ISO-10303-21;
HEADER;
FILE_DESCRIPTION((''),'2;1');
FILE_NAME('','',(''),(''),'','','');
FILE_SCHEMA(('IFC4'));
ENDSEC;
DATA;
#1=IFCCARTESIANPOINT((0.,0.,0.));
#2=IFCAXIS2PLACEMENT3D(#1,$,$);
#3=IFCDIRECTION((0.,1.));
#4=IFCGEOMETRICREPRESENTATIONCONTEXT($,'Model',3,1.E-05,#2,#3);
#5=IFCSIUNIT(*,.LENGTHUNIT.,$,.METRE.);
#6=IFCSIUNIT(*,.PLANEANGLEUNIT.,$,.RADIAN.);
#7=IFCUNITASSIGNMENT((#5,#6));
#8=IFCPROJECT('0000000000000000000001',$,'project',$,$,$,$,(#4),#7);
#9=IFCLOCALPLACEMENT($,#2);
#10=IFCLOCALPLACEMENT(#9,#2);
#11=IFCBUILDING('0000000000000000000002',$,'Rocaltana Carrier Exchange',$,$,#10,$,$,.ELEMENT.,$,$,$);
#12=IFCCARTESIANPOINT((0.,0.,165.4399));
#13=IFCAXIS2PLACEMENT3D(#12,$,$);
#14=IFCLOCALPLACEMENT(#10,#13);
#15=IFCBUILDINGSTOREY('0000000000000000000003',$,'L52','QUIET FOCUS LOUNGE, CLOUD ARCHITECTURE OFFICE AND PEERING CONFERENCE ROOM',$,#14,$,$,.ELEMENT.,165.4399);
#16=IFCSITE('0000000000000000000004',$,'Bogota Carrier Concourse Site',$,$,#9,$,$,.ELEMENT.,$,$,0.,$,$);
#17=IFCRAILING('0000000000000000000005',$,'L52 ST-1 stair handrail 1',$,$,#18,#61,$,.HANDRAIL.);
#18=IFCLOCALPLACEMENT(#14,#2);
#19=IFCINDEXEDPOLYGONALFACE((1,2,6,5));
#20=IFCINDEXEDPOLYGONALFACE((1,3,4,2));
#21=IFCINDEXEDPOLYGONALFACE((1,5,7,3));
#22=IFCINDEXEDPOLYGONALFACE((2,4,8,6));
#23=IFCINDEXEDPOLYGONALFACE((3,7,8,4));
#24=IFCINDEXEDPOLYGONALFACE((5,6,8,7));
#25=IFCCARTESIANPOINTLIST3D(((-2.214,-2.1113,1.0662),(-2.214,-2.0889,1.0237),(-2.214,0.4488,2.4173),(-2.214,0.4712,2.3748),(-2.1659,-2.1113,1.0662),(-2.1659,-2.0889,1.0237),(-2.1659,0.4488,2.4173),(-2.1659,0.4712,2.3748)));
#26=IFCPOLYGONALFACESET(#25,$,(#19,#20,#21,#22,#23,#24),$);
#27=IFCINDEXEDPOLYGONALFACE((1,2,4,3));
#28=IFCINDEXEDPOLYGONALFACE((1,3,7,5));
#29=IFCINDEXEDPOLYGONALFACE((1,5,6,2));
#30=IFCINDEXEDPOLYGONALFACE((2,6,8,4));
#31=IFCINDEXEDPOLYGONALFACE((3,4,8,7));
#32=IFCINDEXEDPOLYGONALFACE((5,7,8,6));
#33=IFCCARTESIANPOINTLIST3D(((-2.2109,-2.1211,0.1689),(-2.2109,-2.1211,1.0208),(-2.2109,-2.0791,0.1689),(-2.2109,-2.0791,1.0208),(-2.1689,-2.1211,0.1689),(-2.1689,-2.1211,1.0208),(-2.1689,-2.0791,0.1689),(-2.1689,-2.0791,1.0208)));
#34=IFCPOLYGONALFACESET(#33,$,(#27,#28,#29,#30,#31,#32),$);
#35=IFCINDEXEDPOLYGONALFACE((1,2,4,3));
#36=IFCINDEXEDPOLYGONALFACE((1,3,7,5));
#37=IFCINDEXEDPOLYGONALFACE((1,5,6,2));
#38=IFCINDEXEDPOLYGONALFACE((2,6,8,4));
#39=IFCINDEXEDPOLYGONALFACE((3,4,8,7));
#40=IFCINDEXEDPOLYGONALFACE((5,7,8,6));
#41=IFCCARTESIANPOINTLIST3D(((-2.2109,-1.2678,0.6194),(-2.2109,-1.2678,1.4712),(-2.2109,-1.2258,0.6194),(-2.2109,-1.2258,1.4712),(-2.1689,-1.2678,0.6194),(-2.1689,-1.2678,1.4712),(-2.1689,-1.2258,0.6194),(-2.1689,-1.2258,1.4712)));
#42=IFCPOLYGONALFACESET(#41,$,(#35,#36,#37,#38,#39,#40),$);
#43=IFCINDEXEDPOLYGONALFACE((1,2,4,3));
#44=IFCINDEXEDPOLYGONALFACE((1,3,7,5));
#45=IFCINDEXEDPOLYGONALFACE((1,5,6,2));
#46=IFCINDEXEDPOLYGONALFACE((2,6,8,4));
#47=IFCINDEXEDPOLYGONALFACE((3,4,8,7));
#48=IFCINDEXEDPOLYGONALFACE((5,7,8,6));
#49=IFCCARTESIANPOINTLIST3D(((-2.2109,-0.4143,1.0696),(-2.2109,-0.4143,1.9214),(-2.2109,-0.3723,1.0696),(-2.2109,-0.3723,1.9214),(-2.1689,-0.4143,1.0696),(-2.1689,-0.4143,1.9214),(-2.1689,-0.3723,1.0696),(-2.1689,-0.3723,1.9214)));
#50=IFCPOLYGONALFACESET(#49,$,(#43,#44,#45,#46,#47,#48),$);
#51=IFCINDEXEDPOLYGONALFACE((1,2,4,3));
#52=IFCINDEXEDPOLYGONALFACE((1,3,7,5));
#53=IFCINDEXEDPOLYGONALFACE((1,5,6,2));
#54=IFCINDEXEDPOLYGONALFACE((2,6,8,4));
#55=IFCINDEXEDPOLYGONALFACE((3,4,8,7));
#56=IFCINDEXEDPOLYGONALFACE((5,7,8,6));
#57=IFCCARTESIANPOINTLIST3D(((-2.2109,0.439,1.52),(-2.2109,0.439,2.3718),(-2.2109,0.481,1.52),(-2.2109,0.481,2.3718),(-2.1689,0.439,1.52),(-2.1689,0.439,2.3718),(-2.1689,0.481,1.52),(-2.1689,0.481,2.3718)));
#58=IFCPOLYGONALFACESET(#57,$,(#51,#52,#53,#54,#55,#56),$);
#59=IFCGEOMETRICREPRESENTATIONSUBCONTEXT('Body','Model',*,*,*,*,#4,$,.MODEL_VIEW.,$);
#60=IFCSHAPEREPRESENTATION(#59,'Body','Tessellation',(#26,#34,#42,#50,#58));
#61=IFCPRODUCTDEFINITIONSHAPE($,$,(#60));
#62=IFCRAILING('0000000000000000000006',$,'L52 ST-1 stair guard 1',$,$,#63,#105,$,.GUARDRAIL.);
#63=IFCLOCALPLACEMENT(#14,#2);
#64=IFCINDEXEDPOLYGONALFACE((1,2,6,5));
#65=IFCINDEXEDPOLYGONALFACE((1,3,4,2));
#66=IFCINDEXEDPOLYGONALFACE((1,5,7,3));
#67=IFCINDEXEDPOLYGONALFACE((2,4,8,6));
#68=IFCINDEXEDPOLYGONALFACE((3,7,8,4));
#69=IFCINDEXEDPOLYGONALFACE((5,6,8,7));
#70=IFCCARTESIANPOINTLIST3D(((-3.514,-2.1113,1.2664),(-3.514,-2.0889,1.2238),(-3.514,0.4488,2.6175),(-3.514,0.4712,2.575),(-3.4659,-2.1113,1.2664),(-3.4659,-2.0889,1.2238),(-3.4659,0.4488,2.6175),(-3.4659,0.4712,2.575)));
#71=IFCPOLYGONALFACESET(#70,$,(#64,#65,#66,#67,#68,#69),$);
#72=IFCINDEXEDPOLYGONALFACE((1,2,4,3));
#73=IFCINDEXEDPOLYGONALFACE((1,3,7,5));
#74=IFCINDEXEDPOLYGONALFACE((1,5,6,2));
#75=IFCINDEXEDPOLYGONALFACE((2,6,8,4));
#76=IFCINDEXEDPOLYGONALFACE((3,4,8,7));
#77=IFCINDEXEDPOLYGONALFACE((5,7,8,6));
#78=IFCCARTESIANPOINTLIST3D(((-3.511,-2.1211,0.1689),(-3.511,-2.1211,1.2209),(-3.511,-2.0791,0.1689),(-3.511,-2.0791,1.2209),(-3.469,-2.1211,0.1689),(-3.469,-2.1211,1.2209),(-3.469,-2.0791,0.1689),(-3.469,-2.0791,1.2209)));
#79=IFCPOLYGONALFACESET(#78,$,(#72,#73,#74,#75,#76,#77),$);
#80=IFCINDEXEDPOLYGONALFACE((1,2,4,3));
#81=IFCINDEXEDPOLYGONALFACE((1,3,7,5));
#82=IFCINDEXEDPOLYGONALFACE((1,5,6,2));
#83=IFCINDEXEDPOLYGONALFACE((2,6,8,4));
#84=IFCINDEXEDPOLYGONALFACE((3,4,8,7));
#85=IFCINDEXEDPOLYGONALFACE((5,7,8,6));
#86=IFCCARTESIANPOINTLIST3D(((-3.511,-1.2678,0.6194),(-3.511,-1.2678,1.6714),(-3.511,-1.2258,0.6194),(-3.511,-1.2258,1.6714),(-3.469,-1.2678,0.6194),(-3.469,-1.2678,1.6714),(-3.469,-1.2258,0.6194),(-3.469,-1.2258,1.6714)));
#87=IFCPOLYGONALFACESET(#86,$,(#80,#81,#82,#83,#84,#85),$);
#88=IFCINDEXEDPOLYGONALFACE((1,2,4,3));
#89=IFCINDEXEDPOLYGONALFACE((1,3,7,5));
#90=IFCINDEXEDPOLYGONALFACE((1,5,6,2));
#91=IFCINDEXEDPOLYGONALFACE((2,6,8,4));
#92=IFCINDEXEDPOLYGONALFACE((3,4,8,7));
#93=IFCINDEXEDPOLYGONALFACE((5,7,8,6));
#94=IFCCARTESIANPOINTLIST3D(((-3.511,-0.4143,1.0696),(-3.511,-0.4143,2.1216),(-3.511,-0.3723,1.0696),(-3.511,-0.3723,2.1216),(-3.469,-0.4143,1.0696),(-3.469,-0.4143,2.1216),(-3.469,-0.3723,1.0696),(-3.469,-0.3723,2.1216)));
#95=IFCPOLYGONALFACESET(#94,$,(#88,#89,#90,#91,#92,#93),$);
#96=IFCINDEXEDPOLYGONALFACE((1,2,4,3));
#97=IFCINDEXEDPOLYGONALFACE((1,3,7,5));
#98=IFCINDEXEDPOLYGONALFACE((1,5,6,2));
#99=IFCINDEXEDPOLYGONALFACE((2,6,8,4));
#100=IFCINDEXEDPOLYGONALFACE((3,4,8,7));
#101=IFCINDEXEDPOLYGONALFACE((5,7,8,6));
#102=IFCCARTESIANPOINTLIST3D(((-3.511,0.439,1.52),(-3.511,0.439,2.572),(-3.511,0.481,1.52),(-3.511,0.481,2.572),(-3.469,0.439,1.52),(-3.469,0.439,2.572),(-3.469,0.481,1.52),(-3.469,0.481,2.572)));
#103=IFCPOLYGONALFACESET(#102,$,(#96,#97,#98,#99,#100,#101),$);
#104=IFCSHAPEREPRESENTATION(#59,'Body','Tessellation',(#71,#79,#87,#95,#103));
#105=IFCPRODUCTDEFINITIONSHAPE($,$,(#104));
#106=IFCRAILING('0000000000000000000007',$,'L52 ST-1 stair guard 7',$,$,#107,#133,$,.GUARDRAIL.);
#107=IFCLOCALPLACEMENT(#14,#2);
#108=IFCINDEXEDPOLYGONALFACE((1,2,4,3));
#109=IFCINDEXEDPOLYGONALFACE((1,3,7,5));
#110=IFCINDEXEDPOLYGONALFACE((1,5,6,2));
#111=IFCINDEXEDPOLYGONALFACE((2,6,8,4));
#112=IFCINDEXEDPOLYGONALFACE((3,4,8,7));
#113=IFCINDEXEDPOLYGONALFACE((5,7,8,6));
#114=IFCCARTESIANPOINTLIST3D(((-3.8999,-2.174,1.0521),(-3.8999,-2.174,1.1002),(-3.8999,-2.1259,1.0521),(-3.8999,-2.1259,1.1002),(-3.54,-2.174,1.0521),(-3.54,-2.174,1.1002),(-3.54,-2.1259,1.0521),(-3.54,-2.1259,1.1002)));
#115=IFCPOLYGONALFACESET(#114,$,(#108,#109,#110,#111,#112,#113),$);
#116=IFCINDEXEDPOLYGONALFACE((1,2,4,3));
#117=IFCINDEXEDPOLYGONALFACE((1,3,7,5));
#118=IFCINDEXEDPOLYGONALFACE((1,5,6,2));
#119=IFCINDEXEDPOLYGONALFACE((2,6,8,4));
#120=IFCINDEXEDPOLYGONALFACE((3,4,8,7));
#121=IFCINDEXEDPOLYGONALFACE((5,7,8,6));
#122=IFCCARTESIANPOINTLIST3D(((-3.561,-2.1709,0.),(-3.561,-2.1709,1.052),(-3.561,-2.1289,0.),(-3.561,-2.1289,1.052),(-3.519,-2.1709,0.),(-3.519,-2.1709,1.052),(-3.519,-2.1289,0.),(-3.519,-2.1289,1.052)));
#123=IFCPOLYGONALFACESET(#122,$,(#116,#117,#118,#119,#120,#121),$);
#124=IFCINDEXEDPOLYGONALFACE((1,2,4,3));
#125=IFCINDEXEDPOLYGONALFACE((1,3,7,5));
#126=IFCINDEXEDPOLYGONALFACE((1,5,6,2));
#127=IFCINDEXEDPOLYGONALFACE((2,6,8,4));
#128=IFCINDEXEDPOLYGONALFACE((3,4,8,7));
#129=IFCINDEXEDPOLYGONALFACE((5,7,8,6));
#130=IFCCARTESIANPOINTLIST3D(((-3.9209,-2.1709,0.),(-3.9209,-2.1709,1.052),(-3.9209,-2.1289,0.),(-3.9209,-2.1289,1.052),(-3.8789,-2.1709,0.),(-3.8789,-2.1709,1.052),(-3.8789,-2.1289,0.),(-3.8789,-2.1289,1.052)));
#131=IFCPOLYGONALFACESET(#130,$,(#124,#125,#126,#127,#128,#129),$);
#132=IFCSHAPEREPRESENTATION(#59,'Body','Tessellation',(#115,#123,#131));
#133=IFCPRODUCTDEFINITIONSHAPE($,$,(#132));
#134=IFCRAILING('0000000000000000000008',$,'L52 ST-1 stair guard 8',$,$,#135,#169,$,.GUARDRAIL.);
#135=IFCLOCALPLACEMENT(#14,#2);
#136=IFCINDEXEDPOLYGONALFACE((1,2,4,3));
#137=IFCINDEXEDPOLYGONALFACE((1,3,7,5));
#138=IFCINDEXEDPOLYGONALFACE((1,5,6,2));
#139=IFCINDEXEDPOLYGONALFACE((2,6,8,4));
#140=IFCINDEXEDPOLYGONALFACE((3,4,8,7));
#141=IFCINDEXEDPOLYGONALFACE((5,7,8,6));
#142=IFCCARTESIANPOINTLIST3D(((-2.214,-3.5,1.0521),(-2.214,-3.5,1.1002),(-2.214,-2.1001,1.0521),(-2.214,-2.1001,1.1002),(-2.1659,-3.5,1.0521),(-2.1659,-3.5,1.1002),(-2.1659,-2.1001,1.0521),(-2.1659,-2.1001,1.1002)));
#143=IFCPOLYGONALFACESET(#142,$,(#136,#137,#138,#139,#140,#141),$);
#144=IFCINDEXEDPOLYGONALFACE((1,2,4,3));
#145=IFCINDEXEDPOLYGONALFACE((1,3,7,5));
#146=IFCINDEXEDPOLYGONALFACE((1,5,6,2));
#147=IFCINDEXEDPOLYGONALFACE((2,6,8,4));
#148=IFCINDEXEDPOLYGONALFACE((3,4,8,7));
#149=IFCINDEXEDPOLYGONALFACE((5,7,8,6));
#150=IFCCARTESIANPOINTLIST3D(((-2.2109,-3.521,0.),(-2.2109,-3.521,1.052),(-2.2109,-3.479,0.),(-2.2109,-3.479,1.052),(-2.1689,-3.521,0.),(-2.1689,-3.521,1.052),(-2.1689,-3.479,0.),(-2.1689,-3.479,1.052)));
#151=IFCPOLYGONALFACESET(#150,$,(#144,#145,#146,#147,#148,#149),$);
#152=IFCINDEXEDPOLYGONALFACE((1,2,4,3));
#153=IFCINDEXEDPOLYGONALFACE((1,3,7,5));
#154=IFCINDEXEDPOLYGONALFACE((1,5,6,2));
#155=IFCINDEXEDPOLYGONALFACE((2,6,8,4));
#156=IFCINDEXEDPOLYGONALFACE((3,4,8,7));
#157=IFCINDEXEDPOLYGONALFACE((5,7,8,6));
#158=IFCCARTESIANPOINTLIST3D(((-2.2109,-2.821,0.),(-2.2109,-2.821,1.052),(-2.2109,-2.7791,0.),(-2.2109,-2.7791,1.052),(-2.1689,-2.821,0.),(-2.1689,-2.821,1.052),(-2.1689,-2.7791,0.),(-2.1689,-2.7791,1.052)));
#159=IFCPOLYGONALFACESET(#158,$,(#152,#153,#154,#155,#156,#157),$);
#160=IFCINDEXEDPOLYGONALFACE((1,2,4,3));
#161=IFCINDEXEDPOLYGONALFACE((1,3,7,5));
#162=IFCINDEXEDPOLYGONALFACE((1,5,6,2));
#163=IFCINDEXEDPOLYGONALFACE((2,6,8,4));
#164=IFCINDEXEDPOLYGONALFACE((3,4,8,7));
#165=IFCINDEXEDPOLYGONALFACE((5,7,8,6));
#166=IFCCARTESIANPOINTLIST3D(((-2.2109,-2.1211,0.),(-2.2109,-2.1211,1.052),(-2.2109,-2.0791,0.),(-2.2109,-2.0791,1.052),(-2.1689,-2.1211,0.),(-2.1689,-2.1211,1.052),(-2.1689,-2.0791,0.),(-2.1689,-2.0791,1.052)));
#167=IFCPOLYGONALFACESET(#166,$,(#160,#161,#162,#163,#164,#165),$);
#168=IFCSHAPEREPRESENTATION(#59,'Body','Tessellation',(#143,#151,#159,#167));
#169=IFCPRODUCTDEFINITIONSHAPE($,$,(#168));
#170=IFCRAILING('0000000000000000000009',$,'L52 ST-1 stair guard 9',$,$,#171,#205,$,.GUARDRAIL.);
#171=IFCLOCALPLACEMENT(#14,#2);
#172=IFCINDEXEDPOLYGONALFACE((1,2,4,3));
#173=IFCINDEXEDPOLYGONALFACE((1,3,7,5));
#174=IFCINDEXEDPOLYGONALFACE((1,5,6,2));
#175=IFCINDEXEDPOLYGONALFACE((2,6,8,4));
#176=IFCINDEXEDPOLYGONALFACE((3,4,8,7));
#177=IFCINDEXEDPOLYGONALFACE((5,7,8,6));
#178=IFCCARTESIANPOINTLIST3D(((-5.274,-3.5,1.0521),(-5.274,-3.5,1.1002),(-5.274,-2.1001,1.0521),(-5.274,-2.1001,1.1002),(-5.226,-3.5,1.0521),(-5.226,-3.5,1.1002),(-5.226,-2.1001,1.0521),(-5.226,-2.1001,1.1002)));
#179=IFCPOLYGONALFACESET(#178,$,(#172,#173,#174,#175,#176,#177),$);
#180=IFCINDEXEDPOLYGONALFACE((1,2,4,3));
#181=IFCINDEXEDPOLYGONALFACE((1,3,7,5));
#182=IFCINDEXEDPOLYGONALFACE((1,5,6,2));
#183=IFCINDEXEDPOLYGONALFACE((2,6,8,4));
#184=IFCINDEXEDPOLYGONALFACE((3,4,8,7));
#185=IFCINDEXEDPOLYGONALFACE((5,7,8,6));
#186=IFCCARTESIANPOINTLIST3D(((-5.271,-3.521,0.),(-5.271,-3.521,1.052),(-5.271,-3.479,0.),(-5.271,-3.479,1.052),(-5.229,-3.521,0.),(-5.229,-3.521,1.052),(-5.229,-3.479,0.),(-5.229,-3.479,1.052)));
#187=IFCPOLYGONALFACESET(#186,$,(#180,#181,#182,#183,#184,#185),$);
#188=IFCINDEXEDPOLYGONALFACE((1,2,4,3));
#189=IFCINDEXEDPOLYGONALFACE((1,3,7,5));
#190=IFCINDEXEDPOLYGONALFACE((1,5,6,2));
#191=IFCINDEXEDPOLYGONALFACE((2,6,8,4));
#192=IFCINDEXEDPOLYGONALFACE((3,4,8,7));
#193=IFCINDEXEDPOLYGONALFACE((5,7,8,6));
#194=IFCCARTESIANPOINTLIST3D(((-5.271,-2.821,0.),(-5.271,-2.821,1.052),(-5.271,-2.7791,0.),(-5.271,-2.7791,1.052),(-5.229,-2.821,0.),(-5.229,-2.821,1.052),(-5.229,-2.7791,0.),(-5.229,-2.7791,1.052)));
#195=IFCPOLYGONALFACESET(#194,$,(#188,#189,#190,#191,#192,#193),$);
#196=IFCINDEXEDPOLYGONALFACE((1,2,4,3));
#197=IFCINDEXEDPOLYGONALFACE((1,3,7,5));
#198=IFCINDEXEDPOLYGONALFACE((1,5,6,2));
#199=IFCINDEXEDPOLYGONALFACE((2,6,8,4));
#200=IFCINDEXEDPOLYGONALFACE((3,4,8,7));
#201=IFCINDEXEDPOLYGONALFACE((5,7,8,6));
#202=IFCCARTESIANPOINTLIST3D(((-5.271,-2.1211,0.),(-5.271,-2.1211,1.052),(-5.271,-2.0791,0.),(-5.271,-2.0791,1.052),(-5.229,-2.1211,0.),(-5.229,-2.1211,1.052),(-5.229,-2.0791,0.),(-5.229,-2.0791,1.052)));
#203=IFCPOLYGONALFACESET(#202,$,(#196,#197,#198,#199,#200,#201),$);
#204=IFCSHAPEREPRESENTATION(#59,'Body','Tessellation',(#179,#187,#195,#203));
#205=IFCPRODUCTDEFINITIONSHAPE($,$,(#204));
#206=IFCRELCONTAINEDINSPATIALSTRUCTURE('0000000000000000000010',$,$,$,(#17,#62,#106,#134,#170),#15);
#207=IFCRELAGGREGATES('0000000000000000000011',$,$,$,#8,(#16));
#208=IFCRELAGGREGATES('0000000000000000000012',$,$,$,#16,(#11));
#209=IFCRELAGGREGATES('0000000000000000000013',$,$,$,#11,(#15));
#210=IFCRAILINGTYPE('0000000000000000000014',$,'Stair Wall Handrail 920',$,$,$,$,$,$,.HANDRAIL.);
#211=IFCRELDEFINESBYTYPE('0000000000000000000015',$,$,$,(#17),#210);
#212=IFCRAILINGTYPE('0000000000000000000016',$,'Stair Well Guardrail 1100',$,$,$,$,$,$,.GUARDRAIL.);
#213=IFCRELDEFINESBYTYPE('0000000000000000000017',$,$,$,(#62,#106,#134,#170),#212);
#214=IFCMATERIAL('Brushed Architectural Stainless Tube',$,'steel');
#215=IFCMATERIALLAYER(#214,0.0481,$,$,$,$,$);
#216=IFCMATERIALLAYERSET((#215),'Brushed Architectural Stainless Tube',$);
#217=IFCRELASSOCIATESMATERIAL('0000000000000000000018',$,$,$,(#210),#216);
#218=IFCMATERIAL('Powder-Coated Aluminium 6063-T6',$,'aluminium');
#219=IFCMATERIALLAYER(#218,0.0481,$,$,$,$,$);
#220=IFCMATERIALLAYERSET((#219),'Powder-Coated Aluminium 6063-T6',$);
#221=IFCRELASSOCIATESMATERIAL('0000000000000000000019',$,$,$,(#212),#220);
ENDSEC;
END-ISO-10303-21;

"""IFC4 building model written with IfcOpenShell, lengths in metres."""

from ifc_helpers import new_model, si_unit, direction, frame, origin, origin_2d, place, context, subcontext, project, spatial, rectangle, extrude, material, layer, layer_set, type_object, element, save


model = new_model("IFC4")

# Units and contexts
model_context = context("Model", 3, precision=1e-05, world=origin(), true_north=direction((0.0, 1.0)))
body_context = subcontext(model_context, "Body", "Model", "MODEL_VIEW")
ifc_project = project(units=[si_unit("LENGTHUNIT", "METRE"), si_unit("PLANEANGLEUNIT", "RADIAN")], contexts=[model_context])

# Site, building, storey
site_placement = place(None, origin())
site = spatial("IfcSite", under=ifc_project, at=site_placement, Name="Bogota Carrier Concourse Site", CompositionType="ELEMENT", RefElevation=0.0)
building_placement = place(site_placement, origin())
building = spatial("IfcBuilding", under=site, at=building_placement, Name="Rocaltana Carrier Exchange", CompositionType="ELEMENT")
storey_placement = place(building_placement, frame((0.0, 0.0, 165.4399)))
storey = spatial("IfcBuildingStorey", under=building, at=storey_placement, Name="L52", Description="QUIET FOCUS LOUNGE, CLOUD ARCHITECTURE OFFICE AND PEERING CONFERENCE ROOM", CompositionType="ELEMENT", Elevation=165.4399)

# Railings
ifc_material_1 = material(Name="Brushed Architectural Stainless Tube", Category="steel")
ifc_layer_1 = layer(ifc_material_1, 0.0481)
ifc_layer_set_1 = layer_set([ifc_layer_1], Name="Brushed Architectural Stainless Tube")
railing_type_1 = type_object("IfcRailingType", Name="Stair Wall Handrail 920", PredefinedType="HANDRAIL", material=ifc_layer_set_1)
railing_1_placement = place(storey_placement, frame((-2.1899, -2.1001, 0.1689)))
element("IfcRailing", 1, at=railing_1_placement, inside=storey, type_object=railing_type_1, Name="L52 ST-1 stair handrail 1", PredefinedType="HANDRAIL", context=body_context, shape_type="SweptSolid", body=[
    extrude(rectangle(XDim=0.0481, YDim=0.0481, at=origin_2d()), frame((0.0, 0.0, 0.876), z_axis=(0.0, 0.884394, 0.46674), x_axis=(-1.0, 0.0, 0.0)), (0.0, 0.0, 1.0), 2.8948),
    extrude(rectangle(XDim=0.042, YDim=0.042, at=origin_2d()), origin(), (0.0, 0.0, 1.0), 0.8518),
    extrude(rectangle(XDim=0.042, YDim=0.042, at=origin_2d()), frame((0.0, 0.8533, 0.4504)), (0.0, 0.0, 1.0), 0.8518),
    extrude(rectangle(XDim=0.042, YDim=0.042, at=origin_2d()), frame((0.0, 1.7068, 0.9006)), (0.0, 0.0, 1.0), 0.8518),
    extrude(rectangle(XDim=0.042, YDim=0.042, at=origin_2d()), frame((0.0, 2.5601, 1.3511)), (0.0, 0.0, 1.0), 0.8518),
])
ifc_material_2 = material(Name="Powder-Coated Aluminium 6063-T6", Category="aluminium")
ifc_layer_2 = layer(ifc_material_2, 0.0481)
ifc_layer_set_2 = layer_set([ifc_layer_2], Name="Powder-Coated Aluminium 6063-T6")
railing_type_2 = type_object("IfcRailingType", Name="Stair Well Guardrail 1100", PredefinedType="GUARDRAIL", material=ifc_layer_set_2)
railing_2_placement = place(storey_placement, frame((-3.49, -2.1001, 0.1689)))
element("IfcRailing", 2, at=railing_2_placement, inside=storey, type_object=railing_type_2, Name="L52 ST-1 stair guard 1", PredefinedType="GUARDRAIL", context=body_context, shape_type="SweptSolid", body=[
    extrude(rectangle(XDim=0.0481, YDim=0.0481, at=origin_2d()), frame((0.0, 0.0, 1.0762), z_axis=(0.0, 0.884394, 0.46674), x_axis=(-1.0, 0.0, 0.0)), (0.0, 0.0, 1.0), 2.8948),
    extrude(rectangle(XDim=0.042, YDim=0.042, at=origin_2d()), origin(), (0.0, 0.0, 1.0), 1.052),
    extrude(rectangle(XDim=0.042, YDim=0.042, at=origin_2d()), frame((0.0, 0.8533, 0.4504)), (0.0, 0.0, 1.0), 1.052),
    extrude(rectangle(XDim=0.042, YDim=0.042, at=origin_2d()), frame((0.0, 1.7068, 0.9006)), (0.0, 0.0, 1.0), 1.052),
    extrude(rectangle(XDim=0.042, YDim=0.042, at=origin_2d()), frame((0.0, 2.5601, 1.3511)), (0.0, 0.0, 1.0), 1.052),
])
railing_3_placement = place(storey_placement, frame((-3.54, -2.1499, 0.0)))
element("IfcRailing", 3, at=railing_3_placement, inside=storey, type_object=railing_type_2, Name="L52 ST-1 stair guard 7", PredefinedType="GUARDRAIL", context=body_context, shape_type="SweptSolid", body=[
    extrude(rectangle(XDim=0.0481, YDim=0.0481, at=origin_2d()), frame((0.0, 0.0, 1.0762), z_axis=(-1.0, 0.0, 0.0), x_axis=(0.0, -1.0, 0.0)), (0.0, 0.0, 1.0), 0.3599),
    extrude(rectangle(XDim=0.042, YDim=0.042, at=origin_2d()), origin(), (0.0, 0.0, 1.0), 1.052),
    extrude(rectangle(XDim=0.042, YDim=0.042, at=origin_2d()), frame((-0.3599, 0.0, 0.0)), (0.0, 0.0, 1.0), 1.052),
])
for number, where, name in (
    (4, (-2.1899, -3.5, 0.0), "L52 ST-1 stair guard 8"),
    (5, (-5.25, -3.5, 0.0), "L52 ST-1 stair guard 9"),
):
    element("IfcRailing", number, at=place(storey_placement, frame(where)), inside=storey, type_object=railing_type_2, Name=name, PredefinedType="GUARDRAIL", context=body_context, shape_type="SweptSolid", body=[
        extrude(rectangle(XDim=0.0481, YDim=0.0481, at=origin_2d()), frame((0.0, 0.0, 1.0762), z_axis=(0.0, 1.0, 0.0), x_axis=(-1.0, 0.0, 0.0)), (0.0, 0.0, 1.0), 1.3999),
        extrude(rectangle(XDim=0.042, YDim=0.042, at=origin_2d()), origin(), (0.0, 0.0, 1.0), 1.052),
        extrude(rectangle(XDim=0.042, YDim=0.042, at=origin_2d()), frame((0.0, 0.7, 0.0)), (0.0, 0.0, 1.0), 1.052),
        extrude(rectangle(XDim=0.042, YDim=0.042, at=origin_2d()), frame((0.0, 1.3999, 0.0)), (0.0, 0.0, 1.0), 1.052),
    ])

save(model, "model.ifc")
